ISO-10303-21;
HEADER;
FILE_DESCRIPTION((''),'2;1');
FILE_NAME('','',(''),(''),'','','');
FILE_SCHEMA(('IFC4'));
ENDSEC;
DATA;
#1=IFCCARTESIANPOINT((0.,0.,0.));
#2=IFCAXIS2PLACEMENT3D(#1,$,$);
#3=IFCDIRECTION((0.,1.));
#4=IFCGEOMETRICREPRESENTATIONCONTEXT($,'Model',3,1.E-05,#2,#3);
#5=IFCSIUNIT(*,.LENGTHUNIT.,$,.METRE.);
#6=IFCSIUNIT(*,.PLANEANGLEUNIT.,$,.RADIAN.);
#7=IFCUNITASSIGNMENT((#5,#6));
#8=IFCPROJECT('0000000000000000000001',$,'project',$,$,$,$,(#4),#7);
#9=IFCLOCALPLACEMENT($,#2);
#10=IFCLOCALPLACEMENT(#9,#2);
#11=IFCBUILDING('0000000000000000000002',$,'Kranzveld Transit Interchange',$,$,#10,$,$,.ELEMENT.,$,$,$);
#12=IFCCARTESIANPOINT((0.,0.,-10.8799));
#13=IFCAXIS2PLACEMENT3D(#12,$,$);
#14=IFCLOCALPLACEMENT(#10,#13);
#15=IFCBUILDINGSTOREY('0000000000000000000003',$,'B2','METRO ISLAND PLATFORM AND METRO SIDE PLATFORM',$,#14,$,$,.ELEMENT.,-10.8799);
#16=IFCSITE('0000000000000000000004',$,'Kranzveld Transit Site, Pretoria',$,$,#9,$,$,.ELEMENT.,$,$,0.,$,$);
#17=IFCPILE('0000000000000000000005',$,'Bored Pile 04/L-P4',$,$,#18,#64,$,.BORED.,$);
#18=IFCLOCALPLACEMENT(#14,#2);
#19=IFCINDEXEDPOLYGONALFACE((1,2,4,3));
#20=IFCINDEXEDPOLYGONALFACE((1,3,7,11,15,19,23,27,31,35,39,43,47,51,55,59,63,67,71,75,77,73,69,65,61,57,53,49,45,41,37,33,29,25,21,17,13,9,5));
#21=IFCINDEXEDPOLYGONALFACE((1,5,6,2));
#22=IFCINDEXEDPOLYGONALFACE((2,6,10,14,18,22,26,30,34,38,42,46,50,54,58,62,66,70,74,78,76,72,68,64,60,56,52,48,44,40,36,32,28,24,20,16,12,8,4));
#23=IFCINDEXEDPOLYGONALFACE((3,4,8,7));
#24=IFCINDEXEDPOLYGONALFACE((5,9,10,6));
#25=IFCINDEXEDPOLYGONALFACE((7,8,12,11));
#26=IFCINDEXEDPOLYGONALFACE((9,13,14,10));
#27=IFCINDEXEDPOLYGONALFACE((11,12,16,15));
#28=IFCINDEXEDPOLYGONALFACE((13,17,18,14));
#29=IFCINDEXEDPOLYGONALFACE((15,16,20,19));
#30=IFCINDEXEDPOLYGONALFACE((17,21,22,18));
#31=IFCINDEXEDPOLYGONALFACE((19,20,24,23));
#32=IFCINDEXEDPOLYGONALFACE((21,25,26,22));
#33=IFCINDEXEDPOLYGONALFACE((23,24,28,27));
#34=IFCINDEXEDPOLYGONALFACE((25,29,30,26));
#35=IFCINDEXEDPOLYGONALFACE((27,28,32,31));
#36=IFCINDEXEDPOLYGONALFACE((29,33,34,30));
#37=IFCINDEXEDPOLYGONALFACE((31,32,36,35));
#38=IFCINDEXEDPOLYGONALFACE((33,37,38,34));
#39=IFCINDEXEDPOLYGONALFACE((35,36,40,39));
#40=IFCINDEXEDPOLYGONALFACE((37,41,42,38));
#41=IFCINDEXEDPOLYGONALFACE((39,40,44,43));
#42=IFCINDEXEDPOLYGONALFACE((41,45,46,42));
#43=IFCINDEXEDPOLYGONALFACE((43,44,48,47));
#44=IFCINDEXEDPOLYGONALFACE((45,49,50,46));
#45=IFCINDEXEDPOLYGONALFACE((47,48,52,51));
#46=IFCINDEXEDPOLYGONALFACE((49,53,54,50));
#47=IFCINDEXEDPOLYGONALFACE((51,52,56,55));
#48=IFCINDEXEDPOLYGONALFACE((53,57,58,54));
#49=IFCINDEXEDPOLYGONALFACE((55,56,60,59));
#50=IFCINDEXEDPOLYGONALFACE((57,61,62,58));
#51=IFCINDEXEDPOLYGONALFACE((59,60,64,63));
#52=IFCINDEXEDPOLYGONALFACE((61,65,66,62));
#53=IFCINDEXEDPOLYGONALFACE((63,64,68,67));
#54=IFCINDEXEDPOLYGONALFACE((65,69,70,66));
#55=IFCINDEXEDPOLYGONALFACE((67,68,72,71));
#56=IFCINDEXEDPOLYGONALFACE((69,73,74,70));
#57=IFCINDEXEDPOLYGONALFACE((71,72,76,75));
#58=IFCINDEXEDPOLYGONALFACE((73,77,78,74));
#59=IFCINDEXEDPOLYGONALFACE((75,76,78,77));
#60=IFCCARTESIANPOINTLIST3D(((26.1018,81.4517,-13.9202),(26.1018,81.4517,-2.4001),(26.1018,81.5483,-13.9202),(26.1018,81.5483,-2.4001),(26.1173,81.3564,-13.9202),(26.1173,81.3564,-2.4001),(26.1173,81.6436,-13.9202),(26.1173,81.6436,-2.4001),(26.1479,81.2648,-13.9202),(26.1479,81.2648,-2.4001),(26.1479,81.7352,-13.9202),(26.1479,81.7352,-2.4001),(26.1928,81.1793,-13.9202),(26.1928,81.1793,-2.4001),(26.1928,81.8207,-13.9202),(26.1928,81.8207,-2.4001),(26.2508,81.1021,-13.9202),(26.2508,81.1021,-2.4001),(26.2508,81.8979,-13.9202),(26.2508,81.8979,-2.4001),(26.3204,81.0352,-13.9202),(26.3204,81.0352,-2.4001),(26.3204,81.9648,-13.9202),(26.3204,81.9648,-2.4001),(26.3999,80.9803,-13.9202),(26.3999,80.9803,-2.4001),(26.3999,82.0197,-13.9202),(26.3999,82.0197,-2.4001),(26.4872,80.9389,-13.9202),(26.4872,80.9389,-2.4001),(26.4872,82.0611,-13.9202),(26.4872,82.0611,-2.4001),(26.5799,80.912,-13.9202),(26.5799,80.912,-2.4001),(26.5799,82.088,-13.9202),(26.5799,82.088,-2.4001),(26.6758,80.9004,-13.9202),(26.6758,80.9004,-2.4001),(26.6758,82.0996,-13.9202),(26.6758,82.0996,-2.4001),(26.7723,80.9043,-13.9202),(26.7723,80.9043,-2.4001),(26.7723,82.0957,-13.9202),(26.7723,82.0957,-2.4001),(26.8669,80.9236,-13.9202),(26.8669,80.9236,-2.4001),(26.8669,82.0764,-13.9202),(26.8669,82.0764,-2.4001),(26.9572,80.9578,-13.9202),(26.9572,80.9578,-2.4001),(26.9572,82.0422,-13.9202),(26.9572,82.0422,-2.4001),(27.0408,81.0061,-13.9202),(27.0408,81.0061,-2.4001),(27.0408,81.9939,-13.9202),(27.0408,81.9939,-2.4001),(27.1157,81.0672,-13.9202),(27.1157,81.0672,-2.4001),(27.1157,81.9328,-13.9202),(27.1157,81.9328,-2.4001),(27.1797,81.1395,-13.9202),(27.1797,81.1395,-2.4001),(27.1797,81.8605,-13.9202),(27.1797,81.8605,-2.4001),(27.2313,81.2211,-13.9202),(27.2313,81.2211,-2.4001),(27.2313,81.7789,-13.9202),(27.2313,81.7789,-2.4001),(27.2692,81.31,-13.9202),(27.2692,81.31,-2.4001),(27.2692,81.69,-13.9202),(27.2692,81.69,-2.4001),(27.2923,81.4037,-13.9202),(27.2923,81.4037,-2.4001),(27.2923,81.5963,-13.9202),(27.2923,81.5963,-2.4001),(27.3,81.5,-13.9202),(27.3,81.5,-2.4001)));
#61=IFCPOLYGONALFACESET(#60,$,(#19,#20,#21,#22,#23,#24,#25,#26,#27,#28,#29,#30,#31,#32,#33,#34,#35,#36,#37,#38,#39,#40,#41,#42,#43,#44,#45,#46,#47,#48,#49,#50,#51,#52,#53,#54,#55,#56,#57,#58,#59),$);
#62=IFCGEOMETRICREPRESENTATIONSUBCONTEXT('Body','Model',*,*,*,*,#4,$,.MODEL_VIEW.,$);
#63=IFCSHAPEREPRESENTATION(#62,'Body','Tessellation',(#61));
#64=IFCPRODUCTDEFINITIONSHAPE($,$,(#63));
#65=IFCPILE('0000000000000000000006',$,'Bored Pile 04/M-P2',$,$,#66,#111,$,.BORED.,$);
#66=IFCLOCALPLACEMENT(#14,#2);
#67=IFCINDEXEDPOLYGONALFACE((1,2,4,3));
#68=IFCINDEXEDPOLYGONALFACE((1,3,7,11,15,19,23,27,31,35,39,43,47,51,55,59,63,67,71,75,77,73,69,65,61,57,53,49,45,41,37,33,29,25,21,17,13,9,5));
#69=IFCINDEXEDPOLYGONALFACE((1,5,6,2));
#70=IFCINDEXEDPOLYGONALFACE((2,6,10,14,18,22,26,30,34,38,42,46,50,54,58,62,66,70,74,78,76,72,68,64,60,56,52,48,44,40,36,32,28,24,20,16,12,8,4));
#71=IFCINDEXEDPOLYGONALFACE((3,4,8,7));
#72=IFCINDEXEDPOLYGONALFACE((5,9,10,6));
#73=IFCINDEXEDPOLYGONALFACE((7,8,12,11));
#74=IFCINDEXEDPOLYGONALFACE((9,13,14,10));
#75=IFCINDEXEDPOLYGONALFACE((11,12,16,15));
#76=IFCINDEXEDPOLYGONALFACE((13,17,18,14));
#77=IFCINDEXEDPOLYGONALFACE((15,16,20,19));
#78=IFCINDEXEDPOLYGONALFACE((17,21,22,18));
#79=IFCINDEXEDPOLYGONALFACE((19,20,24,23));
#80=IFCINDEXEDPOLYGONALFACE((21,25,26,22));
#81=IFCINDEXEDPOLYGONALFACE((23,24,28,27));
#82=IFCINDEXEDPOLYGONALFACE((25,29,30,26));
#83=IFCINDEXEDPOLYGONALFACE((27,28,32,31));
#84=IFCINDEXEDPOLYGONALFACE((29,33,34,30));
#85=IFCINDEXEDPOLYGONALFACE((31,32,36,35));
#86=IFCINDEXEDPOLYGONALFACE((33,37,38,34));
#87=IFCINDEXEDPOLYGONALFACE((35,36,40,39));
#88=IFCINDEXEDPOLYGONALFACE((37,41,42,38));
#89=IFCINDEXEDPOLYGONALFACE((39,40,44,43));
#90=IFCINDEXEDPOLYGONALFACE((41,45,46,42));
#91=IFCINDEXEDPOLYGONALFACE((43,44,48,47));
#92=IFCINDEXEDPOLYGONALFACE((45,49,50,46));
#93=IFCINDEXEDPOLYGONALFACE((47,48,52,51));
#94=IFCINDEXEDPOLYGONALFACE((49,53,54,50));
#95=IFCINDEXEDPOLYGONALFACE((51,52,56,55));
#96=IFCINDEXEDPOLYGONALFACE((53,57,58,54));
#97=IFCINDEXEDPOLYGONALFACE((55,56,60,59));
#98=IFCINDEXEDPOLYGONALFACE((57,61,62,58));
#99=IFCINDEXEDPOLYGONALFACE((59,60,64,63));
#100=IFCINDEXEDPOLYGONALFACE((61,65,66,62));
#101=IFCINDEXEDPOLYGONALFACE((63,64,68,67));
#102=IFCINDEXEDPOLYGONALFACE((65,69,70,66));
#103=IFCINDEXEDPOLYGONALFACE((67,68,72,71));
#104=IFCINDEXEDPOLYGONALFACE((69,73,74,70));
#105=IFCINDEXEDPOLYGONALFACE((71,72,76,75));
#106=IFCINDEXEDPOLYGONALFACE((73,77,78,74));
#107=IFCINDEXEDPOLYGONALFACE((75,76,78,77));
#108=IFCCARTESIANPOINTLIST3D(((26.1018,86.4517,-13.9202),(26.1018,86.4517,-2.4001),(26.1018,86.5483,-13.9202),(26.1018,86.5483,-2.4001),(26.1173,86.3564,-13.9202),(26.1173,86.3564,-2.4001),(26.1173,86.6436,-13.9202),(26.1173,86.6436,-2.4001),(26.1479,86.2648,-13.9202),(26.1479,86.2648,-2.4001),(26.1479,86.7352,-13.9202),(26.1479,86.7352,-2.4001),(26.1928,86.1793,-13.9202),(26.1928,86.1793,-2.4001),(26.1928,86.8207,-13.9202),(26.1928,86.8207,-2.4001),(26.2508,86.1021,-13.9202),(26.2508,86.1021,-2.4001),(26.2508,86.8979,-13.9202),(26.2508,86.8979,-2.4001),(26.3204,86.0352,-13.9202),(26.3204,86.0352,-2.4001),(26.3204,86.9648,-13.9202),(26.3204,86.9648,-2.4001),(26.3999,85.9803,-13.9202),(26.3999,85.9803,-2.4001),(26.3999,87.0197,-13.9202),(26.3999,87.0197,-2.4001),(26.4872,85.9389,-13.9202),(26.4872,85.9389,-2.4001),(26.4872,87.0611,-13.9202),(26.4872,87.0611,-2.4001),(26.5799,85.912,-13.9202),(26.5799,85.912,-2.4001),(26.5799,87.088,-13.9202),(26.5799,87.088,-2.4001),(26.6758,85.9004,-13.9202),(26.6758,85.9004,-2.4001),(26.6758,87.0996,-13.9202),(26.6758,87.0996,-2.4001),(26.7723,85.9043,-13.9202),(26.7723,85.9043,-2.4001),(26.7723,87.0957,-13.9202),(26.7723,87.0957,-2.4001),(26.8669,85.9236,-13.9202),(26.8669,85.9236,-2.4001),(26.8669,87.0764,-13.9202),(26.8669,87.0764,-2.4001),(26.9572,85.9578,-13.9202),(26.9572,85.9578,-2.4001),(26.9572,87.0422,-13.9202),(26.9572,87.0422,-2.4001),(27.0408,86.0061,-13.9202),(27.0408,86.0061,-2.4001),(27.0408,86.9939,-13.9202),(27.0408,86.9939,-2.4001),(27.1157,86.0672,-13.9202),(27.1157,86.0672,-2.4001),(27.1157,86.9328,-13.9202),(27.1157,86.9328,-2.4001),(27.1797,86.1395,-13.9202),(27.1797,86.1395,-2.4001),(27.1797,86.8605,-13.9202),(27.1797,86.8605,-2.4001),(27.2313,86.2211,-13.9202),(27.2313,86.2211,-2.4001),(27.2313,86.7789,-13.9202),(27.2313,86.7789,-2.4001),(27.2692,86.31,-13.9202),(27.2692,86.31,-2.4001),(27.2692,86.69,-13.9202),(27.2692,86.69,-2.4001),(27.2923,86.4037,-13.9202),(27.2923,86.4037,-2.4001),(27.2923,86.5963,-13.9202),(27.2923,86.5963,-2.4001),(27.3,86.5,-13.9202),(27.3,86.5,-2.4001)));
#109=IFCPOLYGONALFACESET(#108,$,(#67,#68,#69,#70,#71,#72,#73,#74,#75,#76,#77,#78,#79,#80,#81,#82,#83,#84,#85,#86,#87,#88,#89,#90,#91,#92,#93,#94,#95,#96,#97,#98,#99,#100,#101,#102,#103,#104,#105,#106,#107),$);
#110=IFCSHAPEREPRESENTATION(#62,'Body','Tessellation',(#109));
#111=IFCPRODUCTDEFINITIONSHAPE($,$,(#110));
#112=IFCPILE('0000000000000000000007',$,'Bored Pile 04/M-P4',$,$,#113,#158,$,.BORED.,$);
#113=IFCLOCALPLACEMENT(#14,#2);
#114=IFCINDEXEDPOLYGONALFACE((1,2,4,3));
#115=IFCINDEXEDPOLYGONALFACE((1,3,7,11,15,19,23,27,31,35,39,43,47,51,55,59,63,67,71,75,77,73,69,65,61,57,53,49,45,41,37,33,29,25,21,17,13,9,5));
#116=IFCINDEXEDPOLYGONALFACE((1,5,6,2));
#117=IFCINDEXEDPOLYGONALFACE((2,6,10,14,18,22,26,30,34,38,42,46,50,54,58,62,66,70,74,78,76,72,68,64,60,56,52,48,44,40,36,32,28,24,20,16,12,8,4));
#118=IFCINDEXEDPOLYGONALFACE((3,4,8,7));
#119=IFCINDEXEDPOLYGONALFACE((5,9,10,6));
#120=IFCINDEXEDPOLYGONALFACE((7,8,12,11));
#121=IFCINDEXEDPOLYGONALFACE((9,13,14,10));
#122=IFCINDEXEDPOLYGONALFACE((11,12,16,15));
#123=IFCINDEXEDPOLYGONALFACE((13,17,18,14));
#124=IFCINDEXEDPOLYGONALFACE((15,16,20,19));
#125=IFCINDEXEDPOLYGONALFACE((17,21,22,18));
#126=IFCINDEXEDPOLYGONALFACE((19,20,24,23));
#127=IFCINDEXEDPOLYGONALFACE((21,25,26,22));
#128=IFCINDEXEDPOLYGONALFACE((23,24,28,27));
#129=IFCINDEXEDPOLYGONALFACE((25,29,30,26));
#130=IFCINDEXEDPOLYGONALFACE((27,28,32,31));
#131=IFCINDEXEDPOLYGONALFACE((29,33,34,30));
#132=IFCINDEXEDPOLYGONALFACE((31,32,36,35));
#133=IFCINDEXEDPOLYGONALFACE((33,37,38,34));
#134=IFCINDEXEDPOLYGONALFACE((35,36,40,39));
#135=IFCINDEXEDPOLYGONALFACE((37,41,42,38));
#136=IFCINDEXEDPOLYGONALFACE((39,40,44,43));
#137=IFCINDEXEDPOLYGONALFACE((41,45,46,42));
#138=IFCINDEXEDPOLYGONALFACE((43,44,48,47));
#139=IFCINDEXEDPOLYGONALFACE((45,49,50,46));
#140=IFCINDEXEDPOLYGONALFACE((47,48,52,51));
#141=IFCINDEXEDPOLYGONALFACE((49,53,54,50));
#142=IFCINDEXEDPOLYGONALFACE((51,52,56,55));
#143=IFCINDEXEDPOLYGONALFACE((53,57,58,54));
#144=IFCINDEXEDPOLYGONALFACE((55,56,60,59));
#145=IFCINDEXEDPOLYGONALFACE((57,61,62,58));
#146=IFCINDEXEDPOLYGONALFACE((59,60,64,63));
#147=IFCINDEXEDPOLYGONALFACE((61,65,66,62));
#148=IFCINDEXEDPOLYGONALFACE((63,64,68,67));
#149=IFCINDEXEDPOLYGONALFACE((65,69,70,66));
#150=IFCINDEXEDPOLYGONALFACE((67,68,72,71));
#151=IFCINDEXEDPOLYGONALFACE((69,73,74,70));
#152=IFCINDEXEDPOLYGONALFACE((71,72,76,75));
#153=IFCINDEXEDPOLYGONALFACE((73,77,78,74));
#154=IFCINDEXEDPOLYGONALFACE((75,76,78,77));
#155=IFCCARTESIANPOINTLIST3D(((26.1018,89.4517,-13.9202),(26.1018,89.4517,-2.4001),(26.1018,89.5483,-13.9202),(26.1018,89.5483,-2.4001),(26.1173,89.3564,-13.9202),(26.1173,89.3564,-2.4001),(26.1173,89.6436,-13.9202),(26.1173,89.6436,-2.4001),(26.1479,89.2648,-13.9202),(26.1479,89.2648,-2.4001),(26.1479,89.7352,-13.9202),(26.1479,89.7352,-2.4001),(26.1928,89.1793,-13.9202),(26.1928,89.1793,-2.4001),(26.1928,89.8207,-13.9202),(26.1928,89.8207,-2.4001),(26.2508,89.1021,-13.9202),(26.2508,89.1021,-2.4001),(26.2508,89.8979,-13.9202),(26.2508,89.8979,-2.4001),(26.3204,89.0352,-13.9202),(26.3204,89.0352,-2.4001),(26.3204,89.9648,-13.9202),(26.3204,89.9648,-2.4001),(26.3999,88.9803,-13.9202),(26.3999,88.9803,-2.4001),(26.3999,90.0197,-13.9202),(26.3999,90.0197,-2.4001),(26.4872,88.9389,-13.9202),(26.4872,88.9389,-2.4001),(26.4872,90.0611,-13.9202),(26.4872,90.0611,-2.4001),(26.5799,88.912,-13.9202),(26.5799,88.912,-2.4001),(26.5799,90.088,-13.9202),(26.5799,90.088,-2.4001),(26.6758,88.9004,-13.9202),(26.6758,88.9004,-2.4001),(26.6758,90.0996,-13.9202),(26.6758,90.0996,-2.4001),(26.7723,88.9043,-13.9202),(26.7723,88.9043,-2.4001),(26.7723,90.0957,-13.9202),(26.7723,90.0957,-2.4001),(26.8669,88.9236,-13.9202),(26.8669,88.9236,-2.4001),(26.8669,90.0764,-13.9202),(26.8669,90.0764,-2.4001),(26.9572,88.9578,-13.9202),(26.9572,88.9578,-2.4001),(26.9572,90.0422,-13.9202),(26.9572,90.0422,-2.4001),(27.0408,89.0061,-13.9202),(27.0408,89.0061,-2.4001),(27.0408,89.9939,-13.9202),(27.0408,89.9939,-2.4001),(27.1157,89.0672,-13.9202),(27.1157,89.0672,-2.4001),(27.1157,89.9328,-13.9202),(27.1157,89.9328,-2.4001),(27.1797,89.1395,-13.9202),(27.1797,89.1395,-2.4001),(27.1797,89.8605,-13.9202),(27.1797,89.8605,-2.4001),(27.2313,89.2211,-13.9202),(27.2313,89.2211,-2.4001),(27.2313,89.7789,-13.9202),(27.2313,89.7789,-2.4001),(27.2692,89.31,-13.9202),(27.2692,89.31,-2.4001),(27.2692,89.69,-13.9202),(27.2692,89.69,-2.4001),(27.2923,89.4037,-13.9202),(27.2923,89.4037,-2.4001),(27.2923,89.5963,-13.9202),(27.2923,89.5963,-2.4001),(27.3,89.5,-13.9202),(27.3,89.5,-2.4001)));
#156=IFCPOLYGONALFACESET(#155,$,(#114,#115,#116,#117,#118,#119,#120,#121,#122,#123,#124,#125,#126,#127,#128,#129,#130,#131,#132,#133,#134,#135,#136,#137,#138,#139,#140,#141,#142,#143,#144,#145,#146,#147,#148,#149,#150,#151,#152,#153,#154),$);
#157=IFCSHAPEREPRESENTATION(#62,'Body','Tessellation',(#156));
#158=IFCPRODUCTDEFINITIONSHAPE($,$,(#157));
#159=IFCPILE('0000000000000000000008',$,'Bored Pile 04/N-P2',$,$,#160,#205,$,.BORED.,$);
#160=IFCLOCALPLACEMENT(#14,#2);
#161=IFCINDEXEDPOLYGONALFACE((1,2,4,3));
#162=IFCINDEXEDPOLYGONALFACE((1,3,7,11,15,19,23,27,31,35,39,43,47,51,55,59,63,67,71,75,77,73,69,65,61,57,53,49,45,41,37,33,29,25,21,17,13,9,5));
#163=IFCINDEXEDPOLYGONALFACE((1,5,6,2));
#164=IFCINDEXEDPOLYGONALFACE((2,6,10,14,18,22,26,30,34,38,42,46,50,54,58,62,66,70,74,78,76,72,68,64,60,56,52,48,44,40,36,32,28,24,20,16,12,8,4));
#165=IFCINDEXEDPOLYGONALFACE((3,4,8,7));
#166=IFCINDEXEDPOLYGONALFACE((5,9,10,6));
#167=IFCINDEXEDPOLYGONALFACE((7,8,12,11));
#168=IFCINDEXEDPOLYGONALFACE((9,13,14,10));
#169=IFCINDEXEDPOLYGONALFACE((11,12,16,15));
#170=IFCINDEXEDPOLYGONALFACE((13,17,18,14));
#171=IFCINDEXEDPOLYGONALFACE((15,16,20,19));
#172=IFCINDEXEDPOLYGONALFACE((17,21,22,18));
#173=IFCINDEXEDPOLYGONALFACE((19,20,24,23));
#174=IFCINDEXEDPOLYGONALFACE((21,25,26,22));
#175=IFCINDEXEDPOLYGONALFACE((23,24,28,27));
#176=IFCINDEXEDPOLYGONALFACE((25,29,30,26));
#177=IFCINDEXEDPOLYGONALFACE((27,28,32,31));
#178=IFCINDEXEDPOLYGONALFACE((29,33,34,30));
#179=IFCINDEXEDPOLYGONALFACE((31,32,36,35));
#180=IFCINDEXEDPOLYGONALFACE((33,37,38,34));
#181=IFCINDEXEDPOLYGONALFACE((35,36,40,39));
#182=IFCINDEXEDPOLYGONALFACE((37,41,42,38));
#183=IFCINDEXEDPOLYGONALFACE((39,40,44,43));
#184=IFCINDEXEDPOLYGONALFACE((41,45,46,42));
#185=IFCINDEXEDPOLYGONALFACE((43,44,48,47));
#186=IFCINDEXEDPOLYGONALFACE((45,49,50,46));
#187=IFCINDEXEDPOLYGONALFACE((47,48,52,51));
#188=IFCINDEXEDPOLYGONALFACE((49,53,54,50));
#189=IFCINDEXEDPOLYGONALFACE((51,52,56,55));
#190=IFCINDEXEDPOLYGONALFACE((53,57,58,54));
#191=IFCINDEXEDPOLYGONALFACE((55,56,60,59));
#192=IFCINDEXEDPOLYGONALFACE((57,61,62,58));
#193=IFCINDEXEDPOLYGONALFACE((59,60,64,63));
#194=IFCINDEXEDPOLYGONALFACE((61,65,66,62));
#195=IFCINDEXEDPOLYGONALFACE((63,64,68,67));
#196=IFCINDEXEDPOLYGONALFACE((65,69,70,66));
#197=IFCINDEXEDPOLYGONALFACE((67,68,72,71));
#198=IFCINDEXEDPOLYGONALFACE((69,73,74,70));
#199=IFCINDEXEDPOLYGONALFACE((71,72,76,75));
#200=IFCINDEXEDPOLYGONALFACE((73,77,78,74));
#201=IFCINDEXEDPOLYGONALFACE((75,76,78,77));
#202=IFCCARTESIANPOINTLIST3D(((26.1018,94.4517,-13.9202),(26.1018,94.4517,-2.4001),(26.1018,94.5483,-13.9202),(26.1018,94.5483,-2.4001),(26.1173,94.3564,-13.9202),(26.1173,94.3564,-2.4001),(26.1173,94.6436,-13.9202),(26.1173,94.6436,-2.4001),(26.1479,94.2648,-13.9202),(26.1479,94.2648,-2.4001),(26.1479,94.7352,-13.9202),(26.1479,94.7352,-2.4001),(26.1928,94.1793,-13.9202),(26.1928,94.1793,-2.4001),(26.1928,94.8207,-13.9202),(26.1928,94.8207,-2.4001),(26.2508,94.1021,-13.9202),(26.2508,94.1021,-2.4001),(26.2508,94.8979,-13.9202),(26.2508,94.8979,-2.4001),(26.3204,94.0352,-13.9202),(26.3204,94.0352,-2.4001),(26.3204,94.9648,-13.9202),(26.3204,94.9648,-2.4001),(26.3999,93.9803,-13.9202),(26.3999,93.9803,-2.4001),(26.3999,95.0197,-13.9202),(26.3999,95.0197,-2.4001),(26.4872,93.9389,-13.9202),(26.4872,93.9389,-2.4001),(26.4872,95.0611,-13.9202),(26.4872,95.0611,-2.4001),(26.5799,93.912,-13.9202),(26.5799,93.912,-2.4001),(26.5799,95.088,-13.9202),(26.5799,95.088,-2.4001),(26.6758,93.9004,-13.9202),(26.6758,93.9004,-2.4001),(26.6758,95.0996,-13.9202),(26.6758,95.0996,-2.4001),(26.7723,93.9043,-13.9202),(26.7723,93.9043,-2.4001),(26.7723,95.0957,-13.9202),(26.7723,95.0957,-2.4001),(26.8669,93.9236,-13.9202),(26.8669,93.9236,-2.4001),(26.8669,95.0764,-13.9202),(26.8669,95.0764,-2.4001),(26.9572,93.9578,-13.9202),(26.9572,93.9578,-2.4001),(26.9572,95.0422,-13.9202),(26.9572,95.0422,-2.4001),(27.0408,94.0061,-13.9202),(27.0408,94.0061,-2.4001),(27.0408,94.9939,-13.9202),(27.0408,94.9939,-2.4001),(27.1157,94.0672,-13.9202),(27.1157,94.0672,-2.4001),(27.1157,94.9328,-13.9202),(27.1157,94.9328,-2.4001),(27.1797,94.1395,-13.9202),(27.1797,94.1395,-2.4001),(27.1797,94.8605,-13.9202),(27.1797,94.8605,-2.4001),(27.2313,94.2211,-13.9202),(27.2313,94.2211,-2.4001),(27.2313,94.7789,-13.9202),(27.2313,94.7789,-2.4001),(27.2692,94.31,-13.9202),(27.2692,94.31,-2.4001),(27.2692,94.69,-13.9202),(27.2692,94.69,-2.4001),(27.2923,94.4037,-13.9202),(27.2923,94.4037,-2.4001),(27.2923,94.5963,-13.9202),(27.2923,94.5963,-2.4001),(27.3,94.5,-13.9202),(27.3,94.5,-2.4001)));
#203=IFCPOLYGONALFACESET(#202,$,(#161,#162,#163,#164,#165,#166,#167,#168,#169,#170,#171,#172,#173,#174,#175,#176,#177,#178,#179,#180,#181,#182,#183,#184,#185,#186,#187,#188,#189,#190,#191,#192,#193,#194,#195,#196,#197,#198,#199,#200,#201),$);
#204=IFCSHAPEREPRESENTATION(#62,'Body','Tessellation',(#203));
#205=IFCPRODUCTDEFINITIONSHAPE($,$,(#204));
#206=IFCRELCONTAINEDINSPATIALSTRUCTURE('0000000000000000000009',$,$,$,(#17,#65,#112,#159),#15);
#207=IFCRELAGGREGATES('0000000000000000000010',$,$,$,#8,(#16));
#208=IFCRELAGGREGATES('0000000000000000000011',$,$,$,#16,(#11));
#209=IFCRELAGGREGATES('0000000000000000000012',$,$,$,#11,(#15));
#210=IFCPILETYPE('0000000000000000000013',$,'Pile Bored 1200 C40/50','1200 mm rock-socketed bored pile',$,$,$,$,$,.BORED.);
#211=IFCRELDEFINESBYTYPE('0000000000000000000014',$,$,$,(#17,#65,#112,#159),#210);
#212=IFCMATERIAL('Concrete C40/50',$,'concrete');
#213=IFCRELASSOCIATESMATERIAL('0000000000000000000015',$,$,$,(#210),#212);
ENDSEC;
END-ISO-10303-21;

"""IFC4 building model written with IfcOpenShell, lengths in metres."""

from ifc_helpers import new_model, si_unit, direction, frame, origin, origin_2d, place, context, subcontext, project, spatial, circle, extrude, material, material_profile, profile_set, type_object, element, save


model = new_model("IFC4")

# Units and contexts
model_context = context("Model", 3, precision=1e-05, world=origin(), true_north=direction((0.0, 1.0)))
body_context = subcontext(model_context, "Body", "Model", "MODEL_VIEW")
ifc_project = project(units=[si_unit("LENGTHUNIT", "METRE"), si_unit("PLANEANGLEUNIT", "RADIAN")], contexts=[model_context])

# Site, building, storey
site_placement = place(None, origin())
site = spatial("IfcSite", under=ifc_project, at=site_placement, Name="Kranzveld Transit Site, Pretoria", CompositionType="ELEMENT", RefElevation=0.0)
building_placement = place(site_placement, origin())
building = spatial("IfcBuilding", under=site, at=building_placement, Name="Kranzveld Transit Interchange", CompositionType="ELEMENT")
storey_placement = place(building_placement, frame((0.0, 0.0, -10.8799)))
storey = spatial("IfcBuildingStorey", under=building, at=storey_placement, Name="B2", Description="METRO ISLAND PLATFORM AND METRO SIDE PLATFORM", CompositionType="ELEMENT", Elevation=-10.8799)

# Piles
ifc_material_1 = material(Name="Concrete C40/50", Category="concrete")
ifc_material_profile_1 = material_profile(ifc_material_1, circle(Radius=0.6001, at=origin_2d()), Name="BORED PILE 1200")
ifc_profile_set_1 = profile_set([ifc_material_profile_1], Name="Concrete C40/50")
pile_type = type_object("IfcPileType", Name="Pile Bored 1200 C40/50", Description="1200 mm rock-socketed bored pile", PredefinedType="BORED", material=ifc_profile_set_1)
for number, where, z_axis, x_axis, name in (
    (1, (26.7, 81.5, -2.4001), (0.0, 0.0, -1.0), (1.0, 0.0, 0.0), "Bored Pile 04/L-P4"),
    (2, (26.7, 86.5, -2.4001), (0.0, 0.0, -1.0), (1.0, 0.0, 0.0), "Bored Pile 04/M-P2"),
    (3, (26.7, 89.5, -2.4001), (0.0, 0.0, -1.0), (1.0, 0.0, 0.0), "Bored Pile 04/M-P4"),
    (4, (26.7, 94.5, -2.4001), (0.0, 0.0, -1.0), (1.0, 0.0, 0.0), "Bored Pile 04/N-P2"),
):
    element("IfcPile", number, at=place(storey_placement, frame(where, z_axis=z_axis, x_axis=x_axis)), inside=storey, type_object=pile_type, Name=name, PredefinedType="BORED", context=body_context, shape_type="SweptSolid", body=[
        extrude(circle(Radius=0.6001, at=origin_2d()), origin(), (0.0, 0.0, 1.0), 11.52),
    ])

save(model, "model.ifc")
